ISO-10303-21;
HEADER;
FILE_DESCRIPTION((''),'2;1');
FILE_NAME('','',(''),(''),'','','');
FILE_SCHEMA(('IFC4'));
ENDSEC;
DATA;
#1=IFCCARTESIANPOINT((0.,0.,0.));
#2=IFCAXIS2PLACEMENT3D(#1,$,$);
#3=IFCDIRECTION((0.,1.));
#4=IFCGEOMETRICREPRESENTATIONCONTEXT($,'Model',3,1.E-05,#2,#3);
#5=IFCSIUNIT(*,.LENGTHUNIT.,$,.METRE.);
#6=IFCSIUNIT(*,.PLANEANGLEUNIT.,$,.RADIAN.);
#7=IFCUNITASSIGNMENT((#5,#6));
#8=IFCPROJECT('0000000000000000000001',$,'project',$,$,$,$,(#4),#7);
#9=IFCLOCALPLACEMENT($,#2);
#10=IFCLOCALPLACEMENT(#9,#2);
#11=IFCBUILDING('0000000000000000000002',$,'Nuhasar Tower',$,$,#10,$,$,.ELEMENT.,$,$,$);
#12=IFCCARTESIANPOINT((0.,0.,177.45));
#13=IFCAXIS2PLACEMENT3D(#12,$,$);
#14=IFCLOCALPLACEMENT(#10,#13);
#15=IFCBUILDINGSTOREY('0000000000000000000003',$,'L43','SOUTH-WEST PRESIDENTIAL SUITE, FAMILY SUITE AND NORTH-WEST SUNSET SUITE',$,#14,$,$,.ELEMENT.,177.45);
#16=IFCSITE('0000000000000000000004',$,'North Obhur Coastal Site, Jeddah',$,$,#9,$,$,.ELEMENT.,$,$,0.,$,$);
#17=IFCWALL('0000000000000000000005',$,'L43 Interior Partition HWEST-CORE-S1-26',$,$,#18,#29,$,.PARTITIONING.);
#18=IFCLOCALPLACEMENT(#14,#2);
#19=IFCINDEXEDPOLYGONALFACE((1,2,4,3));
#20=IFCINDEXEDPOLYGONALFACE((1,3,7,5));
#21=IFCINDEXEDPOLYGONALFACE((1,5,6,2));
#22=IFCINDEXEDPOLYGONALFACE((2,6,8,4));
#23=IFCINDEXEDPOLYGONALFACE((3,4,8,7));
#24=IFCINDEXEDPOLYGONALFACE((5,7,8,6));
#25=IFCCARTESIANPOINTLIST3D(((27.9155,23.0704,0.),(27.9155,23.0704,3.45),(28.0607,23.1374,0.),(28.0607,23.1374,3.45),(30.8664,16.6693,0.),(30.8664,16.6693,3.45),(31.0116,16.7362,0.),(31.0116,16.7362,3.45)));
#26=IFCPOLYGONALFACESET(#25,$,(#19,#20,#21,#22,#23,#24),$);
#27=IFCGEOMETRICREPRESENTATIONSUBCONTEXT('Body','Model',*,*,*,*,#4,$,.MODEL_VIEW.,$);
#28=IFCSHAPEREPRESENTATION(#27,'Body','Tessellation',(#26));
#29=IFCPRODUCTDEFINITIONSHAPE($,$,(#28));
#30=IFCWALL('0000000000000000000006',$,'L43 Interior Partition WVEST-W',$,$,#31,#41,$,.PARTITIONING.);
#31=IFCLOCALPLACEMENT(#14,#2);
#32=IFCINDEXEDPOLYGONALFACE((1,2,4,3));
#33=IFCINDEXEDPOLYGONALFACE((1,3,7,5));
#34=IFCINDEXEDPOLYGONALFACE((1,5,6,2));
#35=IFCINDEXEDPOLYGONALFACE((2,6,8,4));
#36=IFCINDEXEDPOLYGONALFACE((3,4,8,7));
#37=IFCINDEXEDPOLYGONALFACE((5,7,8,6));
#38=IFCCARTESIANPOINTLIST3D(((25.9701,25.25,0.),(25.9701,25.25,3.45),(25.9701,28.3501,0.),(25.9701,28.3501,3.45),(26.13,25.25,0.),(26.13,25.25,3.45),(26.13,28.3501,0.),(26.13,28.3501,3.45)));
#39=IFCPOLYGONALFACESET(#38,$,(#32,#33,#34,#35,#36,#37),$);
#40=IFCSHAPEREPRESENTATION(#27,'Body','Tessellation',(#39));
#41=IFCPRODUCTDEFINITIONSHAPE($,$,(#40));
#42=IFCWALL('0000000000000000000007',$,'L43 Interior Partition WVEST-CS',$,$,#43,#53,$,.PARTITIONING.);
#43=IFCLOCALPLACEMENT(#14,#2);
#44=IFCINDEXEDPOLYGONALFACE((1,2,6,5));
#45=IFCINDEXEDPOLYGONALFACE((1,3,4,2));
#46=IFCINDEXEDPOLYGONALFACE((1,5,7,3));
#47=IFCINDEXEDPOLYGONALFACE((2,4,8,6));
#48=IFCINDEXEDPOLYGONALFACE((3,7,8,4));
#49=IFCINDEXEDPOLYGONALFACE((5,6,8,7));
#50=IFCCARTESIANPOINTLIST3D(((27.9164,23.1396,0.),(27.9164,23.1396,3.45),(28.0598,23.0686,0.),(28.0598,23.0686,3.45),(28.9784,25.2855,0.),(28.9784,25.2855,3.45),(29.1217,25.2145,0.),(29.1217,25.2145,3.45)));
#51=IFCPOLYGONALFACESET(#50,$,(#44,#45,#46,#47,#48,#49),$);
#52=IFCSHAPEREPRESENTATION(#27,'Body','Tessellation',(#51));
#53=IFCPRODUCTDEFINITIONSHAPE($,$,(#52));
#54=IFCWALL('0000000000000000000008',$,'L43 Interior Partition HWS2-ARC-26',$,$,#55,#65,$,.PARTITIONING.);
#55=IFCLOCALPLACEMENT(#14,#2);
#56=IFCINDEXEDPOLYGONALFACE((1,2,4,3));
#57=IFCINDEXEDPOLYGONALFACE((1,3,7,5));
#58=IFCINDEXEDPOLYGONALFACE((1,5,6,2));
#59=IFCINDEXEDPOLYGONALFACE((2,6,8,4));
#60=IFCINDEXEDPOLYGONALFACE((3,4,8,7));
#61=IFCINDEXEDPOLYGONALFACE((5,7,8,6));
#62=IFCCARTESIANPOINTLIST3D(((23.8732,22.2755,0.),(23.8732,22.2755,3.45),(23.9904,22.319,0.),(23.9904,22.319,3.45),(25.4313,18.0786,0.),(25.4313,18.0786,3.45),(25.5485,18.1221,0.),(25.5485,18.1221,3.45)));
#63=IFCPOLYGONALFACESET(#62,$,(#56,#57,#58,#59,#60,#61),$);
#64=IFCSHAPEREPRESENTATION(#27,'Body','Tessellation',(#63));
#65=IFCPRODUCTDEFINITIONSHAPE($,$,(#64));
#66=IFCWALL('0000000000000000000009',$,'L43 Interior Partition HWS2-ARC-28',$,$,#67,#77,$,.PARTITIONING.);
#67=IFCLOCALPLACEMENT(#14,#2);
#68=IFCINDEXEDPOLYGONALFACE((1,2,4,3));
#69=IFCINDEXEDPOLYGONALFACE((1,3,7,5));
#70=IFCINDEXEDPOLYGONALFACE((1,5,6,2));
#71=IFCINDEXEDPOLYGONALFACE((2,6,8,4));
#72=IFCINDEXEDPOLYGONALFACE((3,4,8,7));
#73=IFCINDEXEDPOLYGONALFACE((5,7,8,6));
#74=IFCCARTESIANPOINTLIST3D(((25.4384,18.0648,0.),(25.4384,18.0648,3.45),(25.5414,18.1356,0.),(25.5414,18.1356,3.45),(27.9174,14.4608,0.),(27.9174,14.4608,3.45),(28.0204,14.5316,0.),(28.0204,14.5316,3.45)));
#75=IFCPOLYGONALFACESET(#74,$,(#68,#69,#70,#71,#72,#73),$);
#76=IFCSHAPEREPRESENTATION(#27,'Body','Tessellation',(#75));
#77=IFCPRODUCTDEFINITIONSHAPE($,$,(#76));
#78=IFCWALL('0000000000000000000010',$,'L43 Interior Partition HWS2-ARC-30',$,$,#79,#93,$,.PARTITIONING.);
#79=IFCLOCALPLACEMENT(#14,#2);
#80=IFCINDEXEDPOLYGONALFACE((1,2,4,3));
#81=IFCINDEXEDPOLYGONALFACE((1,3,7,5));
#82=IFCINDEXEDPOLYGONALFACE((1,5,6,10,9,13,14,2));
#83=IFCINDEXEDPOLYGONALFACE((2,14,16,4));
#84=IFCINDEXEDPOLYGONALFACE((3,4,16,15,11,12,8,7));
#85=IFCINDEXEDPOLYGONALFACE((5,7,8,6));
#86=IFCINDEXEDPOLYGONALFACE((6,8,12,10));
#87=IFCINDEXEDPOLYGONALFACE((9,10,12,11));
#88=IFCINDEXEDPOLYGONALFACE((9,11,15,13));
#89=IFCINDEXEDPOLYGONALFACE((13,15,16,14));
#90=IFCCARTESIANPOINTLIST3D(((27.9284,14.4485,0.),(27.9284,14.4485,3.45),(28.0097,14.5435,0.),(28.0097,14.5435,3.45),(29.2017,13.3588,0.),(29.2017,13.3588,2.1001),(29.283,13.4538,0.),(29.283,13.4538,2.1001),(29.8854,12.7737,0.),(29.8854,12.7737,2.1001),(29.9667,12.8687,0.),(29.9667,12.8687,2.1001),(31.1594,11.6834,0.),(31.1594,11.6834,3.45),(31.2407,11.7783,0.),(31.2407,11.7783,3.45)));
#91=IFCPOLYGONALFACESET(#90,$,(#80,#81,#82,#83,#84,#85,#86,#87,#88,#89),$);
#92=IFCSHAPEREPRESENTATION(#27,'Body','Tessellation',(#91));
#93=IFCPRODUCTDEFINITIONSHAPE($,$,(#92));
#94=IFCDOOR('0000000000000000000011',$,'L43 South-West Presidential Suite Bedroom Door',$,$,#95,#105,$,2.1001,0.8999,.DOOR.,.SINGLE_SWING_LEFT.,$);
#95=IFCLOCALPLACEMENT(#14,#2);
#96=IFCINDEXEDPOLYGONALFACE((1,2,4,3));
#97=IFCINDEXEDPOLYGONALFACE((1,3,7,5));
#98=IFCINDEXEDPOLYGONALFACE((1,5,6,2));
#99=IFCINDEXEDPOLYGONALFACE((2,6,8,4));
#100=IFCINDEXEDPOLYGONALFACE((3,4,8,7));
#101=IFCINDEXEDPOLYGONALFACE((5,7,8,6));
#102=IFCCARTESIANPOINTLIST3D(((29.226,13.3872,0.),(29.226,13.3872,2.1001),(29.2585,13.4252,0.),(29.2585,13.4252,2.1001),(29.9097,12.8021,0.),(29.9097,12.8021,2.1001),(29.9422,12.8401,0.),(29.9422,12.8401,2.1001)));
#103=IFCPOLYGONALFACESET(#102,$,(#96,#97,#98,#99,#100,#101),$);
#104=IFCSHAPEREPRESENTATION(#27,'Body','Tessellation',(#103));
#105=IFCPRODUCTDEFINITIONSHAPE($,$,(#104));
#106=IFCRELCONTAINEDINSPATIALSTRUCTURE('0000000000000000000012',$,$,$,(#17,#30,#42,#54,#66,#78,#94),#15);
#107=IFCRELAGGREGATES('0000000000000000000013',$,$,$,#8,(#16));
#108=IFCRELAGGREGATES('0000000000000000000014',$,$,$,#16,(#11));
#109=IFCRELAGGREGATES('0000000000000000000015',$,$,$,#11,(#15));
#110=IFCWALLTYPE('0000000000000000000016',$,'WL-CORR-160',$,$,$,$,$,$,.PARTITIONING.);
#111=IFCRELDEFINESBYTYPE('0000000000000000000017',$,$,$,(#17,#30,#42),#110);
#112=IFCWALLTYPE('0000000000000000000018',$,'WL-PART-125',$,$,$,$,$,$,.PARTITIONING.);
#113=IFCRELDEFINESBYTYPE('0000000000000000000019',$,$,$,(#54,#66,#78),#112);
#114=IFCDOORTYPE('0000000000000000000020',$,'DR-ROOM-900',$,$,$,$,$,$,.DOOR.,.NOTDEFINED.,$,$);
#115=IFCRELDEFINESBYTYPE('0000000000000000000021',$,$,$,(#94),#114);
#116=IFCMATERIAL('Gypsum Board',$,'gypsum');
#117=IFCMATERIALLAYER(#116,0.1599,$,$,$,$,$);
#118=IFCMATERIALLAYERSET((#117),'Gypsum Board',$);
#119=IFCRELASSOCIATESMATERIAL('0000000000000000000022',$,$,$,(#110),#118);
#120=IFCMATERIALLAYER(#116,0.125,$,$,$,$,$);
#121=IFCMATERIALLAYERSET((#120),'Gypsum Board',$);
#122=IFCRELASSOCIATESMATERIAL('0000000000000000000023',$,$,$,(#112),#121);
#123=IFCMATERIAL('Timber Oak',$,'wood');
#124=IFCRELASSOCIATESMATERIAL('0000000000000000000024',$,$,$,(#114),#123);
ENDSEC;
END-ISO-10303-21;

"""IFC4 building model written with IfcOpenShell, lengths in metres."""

from ifc_helpers import new_model, si_unit, direction, frame, frame_2d, origin, place, context, subcontext, project, spatial, rectangle, extrude, material, layer, layer_set, type_object, element, fill, save


model = new_model("IFC4")

# Units and contexts
model_context = context("Model", 3, precision=1e-05, world=origin(), true_north=direction((0.0, 1.0)))
body_context = subcontext(model_context, "Body", "Model", "MODEL_VIEW")
ifc_project = project(units=[si_unit("LENGTHUNIT", "METRE"), si_unit("PLANEANGLEUNIT", "RADIAN")], contexts=[model_context])

# Site, building, storey
site_placement = place(None, origin())
site = spatial("IfcSite", under=ifc_project, at=site_placement, Name="North Obhur Coastal Site, Jeddah", CompositionType="ELEMENT", RefElevation=0.0)
building_placement = place(site_placement, origin())
building = spatial("IfcBuilding", under=site, at=building_placement, Name="Nuhasar Tower", CompositionType="ELEMENT")
storey_placement = place(building_placement, frame((0.0, 0.0, 177.45)))
storey = spatial("IfcBuildingStorey", under=building, at=storey_placement, Name="L43", Description="SOUTH-WEST PRESIDENTIAL SUITE, FAMILY SUITE AND NORTH-WEST SUNSET SUITE", CompositionType="ELEMENT", Elevation=177.45)

# Wall
ifc_material_1 = material(Name="Gypsum Board", Category="gypsum")
ifc_layer_1 = layer(ifc_material_1, 0.1599)
ifc_layer_set_1 = layer_set([ifc_layer_1], Name="Gypsum Board")
wall_type_1 = type_object("IfcWallType", Name="WL-CORR-160", PredefinedType="PARTITIONING", material=ifc_layer_set_1)
wall_1_placement = place(storey_placement, frame((27.988, 23.104, 0.0), z_axis=(0.0, 0.0, 1.0), x_axis=(0.418656, -0.908145, 0.0)))
element("IfcWall", 1, at=wall_1_placement, inside=storey, type_object=wall_type_1, Name="L43 Interior Partition HWEST-CORE-S1-26", PredefinedType="PARTITIONING", context=body_context, shape_type="SweptSolid", body=[
    extrude(rectangle(XDim=7.0486, YDim=0.1599, at=frame_2d((3.5244, 0.0))), origin(), (0.0, 0.0, 1.0), 3.45),
])

# Shared definitions
ifc_material_2 = material(Name="Timber Oak", Category="wood")

# Walls
wall_2_placement = place(storey_placement, frame((26.05, 25.25, 0.0), z_axis=(0.0, 0.0, 1.0), x_axis=(0.0, 1.0, 0.0)))
element("IfcWall", 2, at=wall_2_placement, inside=storey, type_object=wall_type_1, Name="L43 Interior Partition WVEST-W", PredefinedType="PARTITIONING", context=body_context, shape_type="SweptSolid", body=[
    extrude(rectangle(XDim=3.1001, YDim=0.1599, at=frame_2d((1.55, 0.0))), origin(), (0.0, 0.0, 1.0), 3.45),
])
wall_3_placement = place(storey_placement, frame((27.988, 23.104, 0.0), z_axis=(0.0, 0.0, 1.0), x_axis=(0.443539, 0.896255, 0.0)))
element("IfcWall", 3, at=wall_3_placement, inside=storey, type_object=wall_type_1, Name="L43 Interior Partition WVEST-CS", PredefinedType="PARTITIONING", context=body_context, shape_type="SweptSolid", body=[
    extrude(rectangle(XDim=2.3943, YDim=0.1599, at=frame_2d((1.1973, 0.0))), origin(), (0.0, 0.0, 1.0), 3.45),
])
ifc_layer_2 = layer(ifc_material_1, 0.125)
ifc_layer_set_2 = layer_set([ifc_layer_2], Name="Gypsum Board")
wall_type_2 = type_object("IfcWallType", Name="WL-PART-125", PredefinedType="PARTITIONING", material=ifc_layer_set_2)
wall_4_placement = place(storey_placement, frame((23.9319, 22.2971, 0.0), z_axis=(0.0, 0.0, 1.0), x_axis=(0.348032, -0.937483, 0.0)))
element("IfcWall", 4, at=wall_4_placement, inside=storey, type_object=wall_type_2, Name="L43 Interior Partition HWS2-ARC-26", PredefinedType="PARTITIONING", context=body_context, shape_type="SweptSolid", body=[
    extrude(rectangle(XDim=4.4768, YDim=0.125, at=frame_2d((2.2383, 0.0))), origin(), (0.0, 0.0, 1.0), 3.45),
])
wall_5_placement = place(storey_placement, frame((25.49, 18.1001, 0.0), z_axis=(0.0, 0.0, 1.0), x_axis=(0.566723, -0.823908, 0.0)))
element("IfcWall", 5, at=wall_5_placement, inside=storey, type_object=wall_type_2, Name="L43 Interior Partition HWS2-ARC-28", PredefinedType="PARTITIONING", context=body_context, shape_type="SweptSolid", body=[
    extrude(rectangle(XDim=4.3743, YDim=0.125, at=frame_2d((2.187, 0.0))), origin(), (0.0, 0.0, 1.0), 3.45),
])

# Wall, opening, door
wall_6_placement = place(storey_placement, frame((27.969, 14.4961, 0.0), z_axis=(0.0, 0.0, 1.0), x_axis=(0.759751, -0.650214, 0.0)))
wall_6 = element("IfcWall", 6, at=wall_6_placement, inside=storey, type_object=wall_type_2, Name="L43 Interior Partition HWS2-ARC-30", PredefinedType="PARTITIONING", context=body_context, shape_type="SweptSolid", body=[
    extrude(rectangle(XDim=4.2527, YDim=0.125, at=frame_2d((2.1265, 0.0))), origin(), (0.0, 0.0, 1.0), 3.45),
])
opening_1_placement = place(wall_6_placement, frame((1.676, 0.0, 0.0)))
opening_1 = element("IfcOpeningElement", 7, at=opening_1_placement, cuts=wall_6, PredefinedType="OPENING", context=body_context, shape_type="SweptSolid", body=[
    extrude(rectangle(XDim=0.8999, YDim=2.1001, at=frame_2d((0.45, 1.05))), frame((0.0, 0.0725, 0.0), z_axis=(0.0, -1.0, 0.0), x_axis=(1.0, 0.0, 0.0)), (0.0, 0.0, 1.0), 0.145),
])
door_type_1 = type_object("IfcDoorType", Name="DR-ROOM-900", OperationType="NOTDEFINED", PredefinedType="DOOR", material=ifc_material_2)
door_1_placement = place(opening_1_placement, origin())
door_1 = element("IfcDoor", 8, at=door_1_placement, inside=storey, type_object=door_type_1, Name="L43 South-West Presidential Suite Bedroom Door", OperationType="SINGLE_SWING_LEFT", OverallHeight=2.1001, OverallWidth=0.8999, PredefinedType="DOOR", context=body_context, shape_type="SweptSolid", body=[
    extrude(rectangle(XDim=0.8999, YDim=2.1001, at=frame_2d((0.45, 1.05))), frame((0.0, 0.0249, 0.0), z_axis=(0.0, -1.0, 0.0), x_axis=(1.0, 0.0, 0.0)), (0.0, 0.0, 1.0), 0.05),
])
fill(opening_1, door_1)

save(model, "model.ifc")
